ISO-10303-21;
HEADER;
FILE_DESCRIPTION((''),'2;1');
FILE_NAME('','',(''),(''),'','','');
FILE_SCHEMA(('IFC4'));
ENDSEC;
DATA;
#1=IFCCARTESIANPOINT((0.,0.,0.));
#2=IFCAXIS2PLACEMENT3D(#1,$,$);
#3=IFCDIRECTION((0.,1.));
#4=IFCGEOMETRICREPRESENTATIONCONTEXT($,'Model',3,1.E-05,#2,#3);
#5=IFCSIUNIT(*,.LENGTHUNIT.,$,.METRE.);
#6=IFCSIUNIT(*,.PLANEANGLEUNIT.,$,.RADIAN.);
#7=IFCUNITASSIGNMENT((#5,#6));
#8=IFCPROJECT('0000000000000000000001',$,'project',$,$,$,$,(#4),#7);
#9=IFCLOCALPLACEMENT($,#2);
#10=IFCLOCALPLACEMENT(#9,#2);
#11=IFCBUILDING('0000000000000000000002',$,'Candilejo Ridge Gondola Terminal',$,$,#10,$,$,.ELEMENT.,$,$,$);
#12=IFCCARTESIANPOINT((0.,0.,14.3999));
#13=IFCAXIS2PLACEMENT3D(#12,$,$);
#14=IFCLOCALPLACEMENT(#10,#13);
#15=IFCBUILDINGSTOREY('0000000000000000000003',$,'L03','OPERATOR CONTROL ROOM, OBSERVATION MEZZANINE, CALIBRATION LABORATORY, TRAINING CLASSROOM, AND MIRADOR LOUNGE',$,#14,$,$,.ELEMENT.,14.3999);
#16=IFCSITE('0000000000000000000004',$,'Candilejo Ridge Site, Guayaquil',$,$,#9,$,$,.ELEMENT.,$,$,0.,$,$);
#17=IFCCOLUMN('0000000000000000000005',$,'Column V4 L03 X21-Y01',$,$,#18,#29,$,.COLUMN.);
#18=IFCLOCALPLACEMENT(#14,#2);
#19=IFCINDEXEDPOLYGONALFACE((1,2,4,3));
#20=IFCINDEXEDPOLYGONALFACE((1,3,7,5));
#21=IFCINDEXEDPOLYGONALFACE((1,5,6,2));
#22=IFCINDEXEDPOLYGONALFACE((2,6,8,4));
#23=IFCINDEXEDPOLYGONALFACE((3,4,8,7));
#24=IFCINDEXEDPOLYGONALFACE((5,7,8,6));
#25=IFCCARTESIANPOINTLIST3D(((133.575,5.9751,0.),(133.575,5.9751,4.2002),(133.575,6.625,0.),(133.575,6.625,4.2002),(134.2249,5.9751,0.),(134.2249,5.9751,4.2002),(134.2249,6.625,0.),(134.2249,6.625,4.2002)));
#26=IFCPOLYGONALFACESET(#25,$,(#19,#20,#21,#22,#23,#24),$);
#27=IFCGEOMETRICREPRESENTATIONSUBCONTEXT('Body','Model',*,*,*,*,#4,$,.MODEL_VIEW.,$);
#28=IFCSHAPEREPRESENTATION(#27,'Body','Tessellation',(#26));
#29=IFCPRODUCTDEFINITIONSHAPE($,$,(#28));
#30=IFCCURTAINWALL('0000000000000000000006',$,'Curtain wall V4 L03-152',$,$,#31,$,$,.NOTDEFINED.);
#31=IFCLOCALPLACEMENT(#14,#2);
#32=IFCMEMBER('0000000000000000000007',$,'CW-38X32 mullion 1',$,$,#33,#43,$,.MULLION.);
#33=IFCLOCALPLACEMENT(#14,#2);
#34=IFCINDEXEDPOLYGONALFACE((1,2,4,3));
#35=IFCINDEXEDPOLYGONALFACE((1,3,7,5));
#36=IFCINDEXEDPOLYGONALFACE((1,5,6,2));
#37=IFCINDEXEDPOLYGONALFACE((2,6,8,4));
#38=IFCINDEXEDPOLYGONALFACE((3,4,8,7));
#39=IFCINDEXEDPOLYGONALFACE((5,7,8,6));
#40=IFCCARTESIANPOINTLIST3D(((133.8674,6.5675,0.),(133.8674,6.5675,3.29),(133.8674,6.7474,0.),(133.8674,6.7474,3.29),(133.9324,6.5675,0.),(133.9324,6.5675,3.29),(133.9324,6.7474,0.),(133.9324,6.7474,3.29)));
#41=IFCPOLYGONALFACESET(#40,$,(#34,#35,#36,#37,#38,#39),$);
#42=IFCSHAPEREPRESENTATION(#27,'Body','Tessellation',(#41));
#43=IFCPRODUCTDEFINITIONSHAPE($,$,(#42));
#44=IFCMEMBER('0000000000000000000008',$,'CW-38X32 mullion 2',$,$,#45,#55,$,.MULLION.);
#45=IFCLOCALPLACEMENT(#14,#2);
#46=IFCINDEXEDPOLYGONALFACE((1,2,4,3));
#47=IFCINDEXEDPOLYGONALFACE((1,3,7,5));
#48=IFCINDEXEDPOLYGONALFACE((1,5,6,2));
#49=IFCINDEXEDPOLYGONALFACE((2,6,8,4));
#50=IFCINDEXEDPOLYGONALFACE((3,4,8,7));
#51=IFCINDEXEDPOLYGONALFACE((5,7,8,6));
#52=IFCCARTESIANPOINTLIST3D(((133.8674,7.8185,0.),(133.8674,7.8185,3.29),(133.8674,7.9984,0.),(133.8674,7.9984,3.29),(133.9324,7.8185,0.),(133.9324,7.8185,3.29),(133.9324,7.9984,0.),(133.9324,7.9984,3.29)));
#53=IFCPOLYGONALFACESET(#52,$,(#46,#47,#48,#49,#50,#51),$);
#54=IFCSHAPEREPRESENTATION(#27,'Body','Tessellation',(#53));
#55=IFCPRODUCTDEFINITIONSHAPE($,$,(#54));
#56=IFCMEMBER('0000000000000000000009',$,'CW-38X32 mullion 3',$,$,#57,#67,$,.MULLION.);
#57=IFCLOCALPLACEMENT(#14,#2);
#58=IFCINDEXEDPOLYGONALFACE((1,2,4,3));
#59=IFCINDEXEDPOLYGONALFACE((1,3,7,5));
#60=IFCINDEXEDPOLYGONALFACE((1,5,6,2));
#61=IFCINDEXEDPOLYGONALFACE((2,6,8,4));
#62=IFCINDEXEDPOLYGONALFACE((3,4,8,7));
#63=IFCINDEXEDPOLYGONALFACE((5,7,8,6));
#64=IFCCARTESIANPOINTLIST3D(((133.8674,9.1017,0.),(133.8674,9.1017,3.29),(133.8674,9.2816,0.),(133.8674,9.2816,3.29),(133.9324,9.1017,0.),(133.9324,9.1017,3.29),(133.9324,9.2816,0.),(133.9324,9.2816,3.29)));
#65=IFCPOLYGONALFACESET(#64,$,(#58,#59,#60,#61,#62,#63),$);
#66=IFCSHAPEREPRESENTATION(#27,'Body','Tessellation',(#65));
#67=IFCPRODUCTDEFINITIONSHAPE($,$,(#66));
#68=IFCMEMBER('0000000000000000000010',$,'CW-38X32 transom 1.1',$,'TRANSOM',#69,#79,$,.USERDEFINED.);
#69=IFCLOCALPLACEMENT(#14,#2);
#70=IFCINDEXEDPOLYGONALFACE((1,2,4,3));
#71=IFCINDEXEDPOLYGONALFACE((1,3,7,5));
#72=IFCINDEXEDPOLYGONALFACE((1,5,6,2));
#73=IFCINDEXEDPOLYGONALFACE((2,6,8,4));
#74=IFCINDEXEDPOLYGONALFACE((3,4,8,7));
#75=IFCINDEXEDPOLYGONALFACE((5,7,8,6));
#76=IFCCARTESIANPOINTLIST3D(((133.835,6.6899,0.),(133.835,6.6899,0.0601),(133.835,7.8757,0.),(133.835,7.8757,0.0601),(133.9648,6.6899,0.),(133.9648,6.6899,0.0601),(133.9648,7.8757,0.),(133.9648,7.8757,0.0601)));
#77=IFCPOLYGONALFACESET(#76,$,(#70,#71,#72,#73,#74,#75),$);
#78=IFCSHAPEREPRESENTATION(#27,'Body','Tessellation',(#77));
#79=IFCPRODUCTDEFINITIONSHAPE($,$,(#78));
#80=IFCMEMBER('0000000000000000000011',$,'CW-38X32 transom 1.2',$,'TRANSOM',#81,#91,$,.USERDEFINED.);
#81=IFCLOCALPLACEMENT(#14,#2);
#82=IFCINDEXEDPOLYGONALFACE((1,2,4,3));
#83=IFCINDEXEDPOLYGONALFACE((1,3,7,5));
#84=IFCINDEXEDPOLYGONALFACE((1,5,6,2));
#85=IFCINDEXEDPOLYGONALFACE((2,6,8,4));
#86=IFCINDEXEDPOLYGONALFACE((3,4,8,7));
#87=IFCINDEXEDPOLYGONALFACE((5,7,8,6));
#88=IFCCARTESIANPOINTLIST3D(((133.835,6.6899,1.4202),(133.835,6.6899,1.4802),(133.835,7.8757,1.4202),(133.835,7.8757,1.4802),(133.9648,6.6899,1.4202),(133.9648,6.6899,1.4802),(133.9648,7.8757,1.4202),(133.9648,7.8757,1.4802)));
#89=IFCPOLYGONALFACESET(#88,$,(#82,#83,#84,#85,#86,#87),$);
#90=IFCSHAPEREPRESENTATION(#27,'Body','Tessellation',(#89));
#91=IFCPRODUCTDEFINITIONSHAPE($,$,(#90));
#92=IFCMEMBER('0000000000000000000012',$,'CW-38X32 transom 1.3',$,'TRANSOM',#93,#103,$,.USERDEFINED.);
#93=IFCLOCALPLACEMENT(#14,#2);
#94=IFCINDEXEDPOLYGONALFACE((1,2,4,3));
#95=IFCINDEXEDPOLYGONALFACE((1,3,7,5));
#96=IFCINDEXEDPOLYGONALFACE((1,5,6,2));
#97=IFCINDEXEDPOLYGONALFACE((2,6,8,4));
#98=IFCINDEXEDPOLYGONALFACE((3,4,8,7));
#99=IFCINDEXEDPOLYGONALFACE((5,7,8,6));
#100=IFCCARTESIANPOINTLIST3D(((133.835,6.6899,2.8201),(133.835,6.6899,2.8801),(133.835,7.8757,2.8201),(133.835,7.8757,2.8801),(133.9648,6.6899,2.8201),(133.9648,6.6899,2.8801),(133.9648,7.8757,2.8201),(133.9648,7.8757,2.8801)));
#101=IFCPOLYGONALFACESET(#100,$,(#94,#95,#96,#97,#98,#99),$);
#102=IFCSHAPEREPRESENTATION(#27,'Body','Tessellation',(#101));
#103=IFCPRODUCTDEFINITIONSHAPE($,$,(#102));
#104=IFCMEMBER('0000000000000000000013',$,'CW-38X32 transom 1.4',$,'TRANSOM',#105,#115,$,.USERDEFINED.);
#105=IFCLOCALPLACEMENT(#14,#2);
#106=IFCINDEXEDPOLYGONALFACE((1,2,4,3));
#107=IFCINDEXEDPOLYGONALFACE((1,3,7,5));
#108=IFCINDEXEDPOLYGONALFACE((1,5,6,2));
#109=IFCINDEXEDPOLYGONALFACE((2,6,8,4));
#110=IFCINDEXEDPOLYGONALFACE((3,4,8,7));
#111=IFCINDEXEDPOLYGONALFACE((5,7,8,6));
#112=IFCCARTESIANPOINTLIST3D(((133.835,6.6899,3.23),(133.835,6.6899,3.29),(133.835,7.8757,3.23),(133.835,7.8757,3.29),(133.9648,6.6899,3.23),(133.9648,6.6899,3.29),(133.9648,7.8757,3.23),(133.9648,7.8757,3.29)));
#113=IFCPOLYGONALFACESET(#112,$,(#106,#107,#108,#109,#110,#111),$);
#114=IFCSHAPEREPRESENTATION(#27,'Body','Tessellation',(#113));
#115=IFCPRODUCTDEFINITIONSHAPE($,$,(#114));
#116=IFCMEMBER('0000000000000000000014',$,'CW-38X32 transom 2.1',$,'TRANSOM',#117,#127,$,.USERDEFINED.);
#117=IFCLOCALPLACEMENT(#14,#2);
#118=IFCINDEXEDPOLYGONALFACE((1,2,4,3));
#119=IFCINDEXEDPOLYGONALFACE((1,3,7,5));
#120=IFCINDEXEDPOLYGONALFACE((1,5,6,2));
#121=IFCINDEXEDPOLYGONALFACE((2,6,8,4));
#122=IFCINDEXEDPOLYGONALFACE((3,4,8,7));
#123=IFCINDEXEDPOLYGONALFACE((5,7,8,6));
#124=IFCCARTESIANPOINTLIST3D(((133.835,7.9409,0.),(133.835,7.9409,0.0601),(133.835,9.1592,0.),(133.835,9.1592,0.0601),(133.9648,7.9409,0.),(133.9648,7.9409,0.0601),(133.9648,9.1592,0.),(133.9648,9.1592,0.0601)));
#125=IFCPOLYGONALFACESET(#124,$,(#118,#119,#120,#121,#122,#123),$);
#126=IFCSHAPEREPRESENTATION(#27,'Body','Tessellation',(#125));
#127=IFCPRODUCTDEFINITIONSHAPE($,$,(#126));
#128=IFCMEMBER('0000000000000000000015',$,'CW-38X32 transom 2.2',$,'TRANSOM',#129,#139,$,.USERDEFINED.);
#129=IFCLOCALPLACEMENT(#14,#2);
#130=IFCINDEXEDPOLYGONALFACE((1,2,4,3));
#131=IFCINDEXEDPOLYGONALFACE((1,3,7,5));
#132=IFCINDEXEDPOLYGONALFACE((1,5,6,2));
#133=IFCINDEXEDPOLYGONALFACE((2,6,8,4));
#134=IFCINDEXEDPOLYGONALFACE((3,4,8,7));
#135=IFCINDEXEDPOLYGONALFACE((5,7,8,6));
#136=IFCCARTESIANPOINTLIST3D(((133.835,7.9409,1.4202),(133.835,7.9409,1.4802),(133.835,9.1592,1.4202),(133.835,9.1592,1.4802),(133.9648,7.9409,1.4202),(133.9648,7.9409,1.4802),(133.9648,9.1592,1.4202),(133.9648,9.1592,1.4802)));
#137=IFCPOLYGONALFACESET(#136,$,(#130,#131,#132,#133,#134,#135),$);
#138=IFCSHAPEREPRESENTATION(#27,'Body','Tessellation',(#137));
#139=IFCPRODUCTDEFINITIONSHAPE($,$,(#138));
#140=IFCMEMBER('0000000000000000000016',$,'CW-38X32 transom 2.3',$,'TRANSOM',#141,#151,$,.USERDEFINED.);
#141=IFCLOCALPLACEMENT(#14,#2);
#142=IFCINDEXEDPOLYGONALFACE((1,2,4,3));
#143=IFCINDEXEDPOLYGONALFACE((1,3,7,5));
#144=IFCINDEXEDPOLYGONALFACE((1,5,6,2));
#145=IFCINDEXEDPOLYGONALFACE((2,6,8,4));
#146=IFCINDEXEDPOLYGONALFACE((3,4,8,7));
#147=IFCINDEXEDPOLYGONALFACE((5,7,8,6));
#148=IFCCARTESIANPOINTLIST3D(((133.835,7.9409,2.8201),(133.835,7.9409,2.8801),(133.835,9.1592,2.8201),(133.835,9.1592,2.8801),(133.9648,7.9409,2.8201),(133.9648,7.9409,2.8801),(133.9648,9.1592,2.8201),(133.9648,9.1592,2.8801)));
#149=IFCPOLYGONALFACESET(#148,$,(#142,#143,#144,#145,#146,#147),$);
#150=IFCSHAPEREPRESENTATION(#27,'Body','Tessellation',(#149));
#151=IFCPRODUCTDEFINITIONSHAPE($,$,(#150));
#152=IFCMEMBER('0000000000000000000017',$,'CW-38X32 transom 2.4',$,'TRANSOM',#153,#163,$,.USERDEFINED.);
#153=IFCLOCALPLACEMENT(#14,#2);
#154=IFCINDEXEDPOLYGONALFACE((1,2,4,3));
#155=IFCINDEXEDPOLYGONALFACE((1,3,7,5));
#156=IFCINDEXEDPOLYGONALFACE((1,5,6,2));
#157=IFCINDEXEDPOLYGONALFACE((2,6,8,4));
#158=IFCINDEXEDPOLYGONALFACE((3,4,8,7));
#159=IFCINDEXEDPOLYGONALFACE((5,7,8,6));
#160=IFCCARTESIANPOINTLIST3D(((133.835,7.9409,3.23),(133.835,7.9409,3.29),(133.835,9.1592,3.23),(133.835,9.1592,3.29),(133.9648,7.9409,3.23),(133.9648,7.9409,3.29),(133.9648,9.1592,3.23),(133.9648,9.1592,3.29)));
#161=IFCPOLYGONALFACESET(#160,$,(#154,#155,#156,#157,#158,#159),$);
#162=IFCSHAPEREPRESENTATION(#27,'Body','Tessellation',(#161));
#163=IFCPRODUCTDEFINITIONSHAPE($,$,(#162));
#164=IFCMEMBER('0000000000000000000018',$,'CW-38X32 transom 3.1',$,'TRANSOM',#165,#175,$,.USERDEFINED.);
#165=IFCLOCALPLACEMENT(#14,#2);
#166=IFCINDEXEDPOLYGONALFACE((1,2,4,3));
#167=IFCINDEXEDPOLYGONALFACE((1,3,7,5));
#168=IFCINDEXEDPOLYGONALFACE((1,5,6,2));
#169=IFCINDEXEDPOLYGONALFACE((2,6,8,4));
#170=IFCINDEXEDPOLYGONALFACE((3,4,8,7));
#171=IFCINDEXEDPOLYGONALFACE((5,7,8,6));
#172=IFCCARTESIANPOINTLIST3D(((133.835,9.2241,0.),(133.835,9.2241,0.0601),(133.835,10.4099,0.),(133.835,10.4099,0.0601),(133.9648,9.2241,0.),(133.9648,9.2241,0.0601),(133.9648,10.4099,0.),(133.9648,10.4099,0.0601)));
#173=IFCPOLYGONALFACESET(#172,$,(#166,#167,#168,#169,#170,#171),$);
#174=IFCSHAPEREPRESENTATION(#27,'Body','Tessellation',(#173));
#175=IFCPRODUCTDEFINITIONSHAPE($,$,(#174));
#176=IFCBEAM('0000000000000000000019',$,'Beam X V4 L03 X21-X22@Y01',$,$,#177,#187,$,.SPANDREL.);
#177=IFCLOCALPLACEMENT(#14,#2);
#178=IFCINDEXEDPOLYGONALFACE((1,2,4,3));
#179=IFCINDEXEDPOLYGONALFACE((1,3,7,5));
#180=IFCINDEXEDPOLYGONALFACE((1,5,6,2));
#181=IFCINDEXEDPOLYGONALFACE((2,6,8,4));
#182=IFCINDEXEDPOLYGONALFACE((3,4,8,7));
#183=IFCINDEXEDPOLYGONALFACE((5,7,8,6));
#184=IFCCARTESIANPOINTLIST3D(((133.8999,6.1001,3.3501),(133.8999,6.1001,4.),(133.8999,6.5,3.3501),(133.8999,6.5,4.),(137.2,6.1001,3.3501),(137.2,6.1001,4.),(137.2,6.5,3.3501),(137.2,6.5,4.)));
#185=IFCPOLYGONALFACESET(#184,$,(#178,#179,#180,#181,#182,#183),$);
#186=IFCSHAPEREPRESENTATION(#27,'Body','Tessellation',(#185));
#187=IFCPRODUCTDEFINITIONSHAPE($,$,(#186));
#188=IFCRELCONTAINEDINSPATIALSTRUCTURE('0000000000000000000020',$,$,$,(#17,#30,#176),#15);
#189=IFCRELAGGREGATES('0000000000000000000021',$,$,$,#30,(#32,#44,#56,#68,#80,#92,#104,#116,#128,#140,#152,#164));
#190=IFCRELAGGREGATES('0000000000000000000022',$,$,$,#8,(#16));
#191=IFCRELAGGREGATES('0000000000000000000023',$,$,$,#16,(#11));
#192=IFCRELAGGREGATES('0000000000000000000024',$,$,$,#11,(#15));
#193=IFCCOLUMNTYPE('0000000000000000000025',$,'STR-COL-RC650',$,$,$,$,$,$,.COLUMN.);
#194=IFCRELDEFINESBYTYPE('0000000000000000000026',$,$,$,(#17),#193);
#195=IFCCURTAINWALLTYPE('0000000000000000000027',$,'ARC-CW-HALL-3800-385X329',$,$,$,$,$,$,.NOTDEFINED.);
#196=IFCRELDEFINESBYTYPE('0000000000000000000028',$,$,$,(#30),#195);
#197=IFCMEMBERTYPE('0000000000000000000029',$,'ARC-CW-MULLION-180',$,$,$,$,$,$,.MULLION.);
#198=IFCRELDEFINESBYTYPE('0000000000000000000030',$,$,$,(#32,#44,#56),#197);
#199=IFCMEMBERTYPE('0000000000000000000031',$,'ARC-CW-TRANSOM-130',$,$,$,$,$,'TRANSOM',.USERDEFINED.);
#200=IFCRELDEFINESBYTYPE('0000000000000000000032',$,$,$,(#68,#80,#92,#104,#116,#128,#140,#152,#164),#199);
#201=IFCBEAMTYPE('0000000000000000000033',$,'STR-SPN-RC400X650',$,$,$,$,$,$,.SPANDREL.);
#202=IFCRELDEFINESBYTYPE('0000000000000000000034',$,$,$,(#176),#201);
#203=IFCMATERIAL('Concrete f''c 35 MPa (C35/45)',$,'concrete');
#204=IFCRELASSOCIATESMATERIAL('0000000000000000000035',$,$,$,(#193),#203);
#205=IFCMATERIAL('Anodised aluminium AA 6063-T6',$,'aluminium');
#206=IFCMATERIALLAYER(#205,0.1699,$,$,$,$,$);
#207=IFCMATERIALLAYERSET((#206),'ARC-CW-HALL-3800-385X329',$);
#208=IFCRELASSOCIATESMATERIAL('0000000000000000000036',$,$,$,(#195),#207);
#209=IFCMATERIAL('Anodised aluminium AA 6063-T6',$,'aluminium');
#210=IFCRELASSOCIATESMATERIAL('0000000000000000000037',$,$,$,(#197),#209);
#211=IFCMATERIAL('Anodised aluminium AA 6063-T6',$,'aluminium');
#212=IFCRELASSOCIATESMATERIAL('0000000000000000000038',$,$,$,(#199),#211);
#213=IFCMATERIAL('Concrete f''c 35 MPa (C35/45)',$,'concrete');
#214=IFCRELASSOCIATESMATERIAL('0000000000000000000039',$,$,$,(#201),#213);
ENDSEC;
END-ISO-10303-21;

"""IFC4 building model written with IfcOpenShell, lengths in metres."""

from ifc_helpers import new_model, si_unit, direction, frame, origin, origin_2d, place, context, subcontext, project, spatial, rectangle, extrude, material, layer, layer_set, material_profile, profile_set, type_object, element, aggregate, save


model = new_model("IFC4")

# Units and contexts
model_context = context("Model", 3, precision=1e-05, world=origin(), true_north=direction((0.0, 1.0)))
body_context = subcontext(model_context, "Body", "Model", "MODEL_VIEW")
ifc_project = project(units=[si_unit("LENGTHUNIT", "METRE"), si_unit("PLANEANGLEUNIT", "RADIAN")], contexts=[model_context])

# Site, building, storey
site_placement = place(None, origin())
site = spatial("IfcSite", under=ifc_project, at=site_placement, Name="Candilejo Ridge Site, Guayaquil", CompositionType="ELEMENT", RefElevation=0.0)
building_placement = place(site_placement, origin())
building = spatial("IfcBuilding", under=site, at=building_placement, Name="Candilejo Ridge Gondola Terminal", CompositionType="ELEMENT")
storey_placement = place(building_placement, frame((0.0, 0.0, 14.3999)))
storey = spatial("IfcBuildingStorey", under=building, at=storey_placement, Name="L03", Description="OPERATOR CONTROL ROOM, OBSERVATION MEZZANINE, CALIBRATION LABORATORY, TRAINING CLASSROOM, AND MIRADOR LOUNGE", CompositionType="ELEMENT", Elevation=14.3999)

# Column
ifc_material_1 = material(Name="Concrete f'c 35 MPa (C35/45)", Category="concrete")
ifc_material_profile_1 = material_profile(ifc_material_1, rectangle(XDim=0.6499, YDim=0.6499, at=origin_2d()))
ifc_profile_set_1 = profile_set([ifc_material_profile_1], Name="Concrete f'c 35 MPa (C35/45)")
column_type = type_object("IfcColumnType", Name="STR-COL-RC650", PredefinedType="COLUMN", material=ifc_profile_set_1)
column_placement = place(storey_placement, frame((133.8999, 6.3, 0.0), z_axis=(0.0, 0.0, 1.0), x_axis=(1.0, 0.0, 0.0)))
element("IfcColumn", 1, at=column_placement, inside=storey, type_object=column_type, Name="Column V4 L03 X21-Y01", PredefinedType="COLUMN", context=body_context, shape_type="SweptSolid", body=[
    extrude(rectangle(XDim=0.6499, YDim=0.6499, at=origin_2d()), origin(), (0.0, 0.0, 1.0), 4.2002),
])

# Curtain wall, members
ifc_material_2 = material(Name="Anodised aluminium AA 6063-T6", Category="aluminium")
ifc_layer_1 = layer(ifc_material_2, 0.1699)
ifc_layer_set_1 = layer_set([ifc_layer_1], Name="ARC-CW-HALL-3800-385X329")
curtain_wall_type = type_object("IfcCurtainWallType", Name="ARC-CW-HALL-3800-385X329", PredefinedType="NOTDEFINED", material=ifc_layer_set_1)
curtain_wall_placement = place(storey_placement, origin())
curtain_wall = element("IfcCurtainWall", 2, at=curtain_wall_placement, inside=storey, type_object=curtain_wall_type, Name="Curtain wall V4 L03-152", PredefinedType="NOTDEFINED")
ifc_material_3 = material(Name="Anodised aluminium AA 6063-T6", Category="aluminium")
ifc_material_profile_2 = material_profile(ifc_material_3, rectangle(XDim=0.0649, YDim=0.1799, at=origin_2d()))
ifc_profile_set_2 = profile_set([ifc_material_profile_2], Name="Anodised aluminium AA 6063-T6")
member_type_1 = type_object("IfcMemberType", Name="ARC-CW-MULLION-180", PredefinedType="MULLION", material=ifc_profile_set_2)
member_1_placement = place(storey_placement, frame((133.8999, 6.6575, 0.0), z_axis=(0.0, 0.0, 1.0), x_axis=(-1.0, 0.0, 0.0)))
member_1 = element("IfcMember", 3, at=member_1_placement, type_object=member_type_1, Name="CW-38X32 mullion 1", PredefinedType="MULLION", context=body_context, shape_type="SweptSolid", body=[
    extrude(rectangle(XDim=0.0649, YDim=0.1799, at=origin_2d()), origin(), (0.0, 0.0, 1.0), 3.29),
])
member_2_placement = place(storey_placement, frame((133.8999, 7.9084, 0.0), z_axis=(0.0, 0.0, 1.0), x_axis=(-1.0, 0.0, 0.0)))
member_2 = element("IfcMember", 4, at=member_2_placement, type_object=member_type_1, Name="CW-38X32 mullion 2", PredefinedType="MULLION", context=body_context, shape_type="SweptSolid", body=[
    extrude(rectangle(XDim=0.0649, YDim=0.1799, at=origin_2d()), origin(), (0.0, 0.0, 1.0), 3.29),
])
member_3_placement = place(storey_placement, frame((133.8999, 9.1917, 0.0), z_axis=(0.0, 0.0, 1.0), x_axis=(-1.0, 0.0, 0.0)))
member_3 = element("IfcMember", 5, at=member_3_placement, type_object=member_type_1, Name="CW-38X32 mullion 3", PredefinedType="MULLION", context=body_context, shape_type="SweptSolid", body=[
    extrude(rectangle(XDim=0.0649, YDim=0.1799, at=origin_2d()), origin(), (0.0, 0.0, 1.0), 3.29),
])
ifc_material_4 = material(Name="Anodised aluminium AA 6063-T6", Category="aluminium")
ifc_material_profile_3 = material_profile(ifc_material_4, rectangle(XDim=0.1299, YDim=0.0601, at=origin_2d()))
ifc_profile_set_3 = profile_set([ifc_material_profile_3], Name="Anodised aluminium AA 6063-T6")
member_type_2 = type_object("IfcMemberType", Name="ARC-CW-TRANSOM-130", ElementType="TRANSOM", PredefinedType="USERDEFINED", material=ifc_profile_set_3)
member_4_placement = place(storey_placement, frame((133.8999, 6.6899, 0.03), z_axis=(0.0, 1.0, 0.0), x_axis=(-1.0, 0.0, 0.0)))
member_4 = element("IfcMember", 6, at=member_4_placement, type_object=member_type_2, Name="CW-38X32 transom 1.1", ObjectType="TRANSOM", PredefinedType="USERDEFINED", context=body_context, shape_type="SweptSolid", body=[
    extrude(rectangle(XDim=0.1299, YDim=0.0601, at=origin_2d()), origin(), (0.0, 0.0, 1.0), 1.1858),
])
member_5_placement = place(storey_placement, frame((133.8999, 6.6899, 1.4502), z_axis=(0.0, 1.0, 0.0), x_axis=(-1.0, 0.0, 0.0)))
member_5 = element("IfcMember", 7, at=member_5_placement, type_object=member_type_2, Name="CW-38X32 transom 1.2", ObjectType="TRANSOM", PredefinedType="USERDEFINED", context=body_context, shape_type="SweptSolid", body=[
    extrude(rectangle(XDim=0.1299, YDim=0.0601, at=origin_2d()), origin(), (0.0, 0.0, 1.0), 1.1858),
])
member_6_placement = place(storey_placement, frame((133.8999, 6.6899, 2.8501), z_axis=(0.0, 1.0, 0.0), x_axis=(-1.0, 0.0, 0.0)))
member_6 = element("IfcMember", 8, at=member_6_placement, type_object=member_type_2, Name="CW-38X32 transom 1.3", ObjectType="TRANSOM", PredefinedType="USERDEFINED", context=body_context, shape_type="SweptSolid", body=[
    extrude(rectangle(XDim=0.1299, YDim=0.0601, at=origin_2d()), origin(), (0.0, 0.0, 1.0), 1.1858),
])
member_7_placement = place(storey_placement, frame((133.8999, 6.6899, 3.26), z_axis=(0.0, 1.0, 0.0), x_axis=(-1.0, 0.0, 0.0)))
member_7 = element("IfcMember", 9, at=member_7_placement, type_object=member_type_2, Name="CW-38X32 transom 1.4", ObjectType="TRANSOM", PredefinedType="USERDEFINED", context=body_context, shape_type="SweptSolid", body=[
    extrude(rectangle(XDim=0.1299, YDim=0.0601, at=origin_2d()), origin(), (0.0, 0.0, 1.0), 1.1858),
])
member_8_placement = place(storey_placement, frame((133.8999, 7.9409, 0.03), z_axis=(0.0, 1.0, 0.0), x_axis=(-1.0, 0.0, 0.0)))
member_8 = element("IfcMember", 10, at=member_8_placement, type_object=member_type_2, Name="CW-38X32 transom 2.1", ObjectType="TRANSOM", PredefinedType="USERDEFINED", context=body_context, shape_type="SweptSolid", body=[
    extrude(rectangle(XDim=0.1299, YDim=0.0601, at=origin_2d()), origin(), (0.0, 0.0, 1.0), 1.2183),
])
member_9_placement = place(storey_placement, frame((133.8999, 7.9409, 1.4502), z_axis=(0.0, 1.0, 0.0), x_axis=(-1.0, 0.0, 0.0)))
member_9 = element("IfcMember", 11, at=member_9_placement, type_object=member_type_2, Name="CW-38X32 transom 2.2", ObjectType="TRANSOM", PredefinedType="USERDEFINED", context=body_context, shape_type="SweptSolid", body=[
    extrude(rectangle(XDim=0.1299, YDim=0.0601, at=origin_2d()), origin(), (0.0, 0.0, 1.0), 1.2183),
])
member_10_placement = place(storey_placement, frame((133.8999, 7.9409, 2.8501), z_axis=(0.0, 1.0, 0.0), x_axis=(-1.0, 0.0, 0.0)))
member_10 = element("IfcMember", 12, at=member_10_placement, type_object=member_type_2, Name="CW-38X32 transom 2.3", ObjectType="TRANSOM", PredefinedType="USERDEFINED", context=body_context, shape_type="SweptSolid", body=[
    extrude(rectangle(XDim=0.1299, YDim=0.0601, at=origin_2d()), origin(), (0.0, 0.0, 1.0), 1.2183),
])
member_11_placement = place(storey_placement, frame((133.8999, 7.9409, 3.26), z_axis=(0.0, 1.0, 0.0), x_axis=(-1.0, 0.0, 0.0)))
member_11 = element("IfcMember", 13, at=member_11_placement, type_object=member_type_2, Name="CW-38X32 transom 2.4", ObjectType="TRANSOM", PredefinedType="USERDEFINED", context=body_context, shape_type="SweptSolid", body=[
    extrude(rectangle(XDim=0.1299, YDim=0.0601, at=origin_2d()), origin(), (0.0, 0.0, 1.0), 1.2183),
])
member_12_placement = place(storey_placement, frame((133.8999, 9.2241, 0.03), z_axis=(0.0, 1.0, 0.0), x_axis=(-1.0, 0.0, 0.0)))
member_12 = element("IfcMember", 14, at=member_12_placement, type_object=member_type_2, Name="CW-38X32 transom 3.1", ObjectType="TRANSOM", PredefinedType="USERDEFINED", context=body_context, shape_type="SweptSolid", body=[
    extrude(rectangle(XDim=0.1299, YDim=0.0601, at=origin_2d()), origin(), (0.0, 0.0, 1.0), 1.1858),
])

# Beam
ifc_material_5 = material(Name="Concrete f'c 35 MPa (C35/45)", Category="concrete")
ifc_material_profile_4 = material_profile(ifc_material_5, rectangle(XDim=0.3999, YDim=0.6499, at=origin_2d()))
ifc_profile_set_4 = profile_set([ifc_material_profile_4], Name="Concrete f'c 35 MPa (C35/45)")
beam_type = type_object("IfcBeamType", Name="STR-SPN-RC400X650", PredefinedType="SPANDREL", material=ifc_profile_set_4)
beam_1_placement = place(storey_placement, frame((133.8999, 6.3, 3.675), z_axis=(1.0, 0.0, 0.0), x_axis=(0.0, 1.0, 0.0)))
element("IfcBeam", 15, at=beam_1_placement, inside=storey, type_object=beam_type, Name="Beam X V4 L03 X21-X22@Y01", PredefinedType="SPANDREL", context=body_context, shape_type="SweptSolid", body=[
    extrude(rectangle(XDim=0.3999, YDim=0.6499, at=origin_2d()), origin(), (0.0, 0.0, 1.0), 3.3),
])

aggregate(curtain_wall, [member_1, member_2, member_3, member_4, member_5, member_6, member_7, member_8, member_9, member_10, member_11, member_12])

save(model, "model.ifc")
